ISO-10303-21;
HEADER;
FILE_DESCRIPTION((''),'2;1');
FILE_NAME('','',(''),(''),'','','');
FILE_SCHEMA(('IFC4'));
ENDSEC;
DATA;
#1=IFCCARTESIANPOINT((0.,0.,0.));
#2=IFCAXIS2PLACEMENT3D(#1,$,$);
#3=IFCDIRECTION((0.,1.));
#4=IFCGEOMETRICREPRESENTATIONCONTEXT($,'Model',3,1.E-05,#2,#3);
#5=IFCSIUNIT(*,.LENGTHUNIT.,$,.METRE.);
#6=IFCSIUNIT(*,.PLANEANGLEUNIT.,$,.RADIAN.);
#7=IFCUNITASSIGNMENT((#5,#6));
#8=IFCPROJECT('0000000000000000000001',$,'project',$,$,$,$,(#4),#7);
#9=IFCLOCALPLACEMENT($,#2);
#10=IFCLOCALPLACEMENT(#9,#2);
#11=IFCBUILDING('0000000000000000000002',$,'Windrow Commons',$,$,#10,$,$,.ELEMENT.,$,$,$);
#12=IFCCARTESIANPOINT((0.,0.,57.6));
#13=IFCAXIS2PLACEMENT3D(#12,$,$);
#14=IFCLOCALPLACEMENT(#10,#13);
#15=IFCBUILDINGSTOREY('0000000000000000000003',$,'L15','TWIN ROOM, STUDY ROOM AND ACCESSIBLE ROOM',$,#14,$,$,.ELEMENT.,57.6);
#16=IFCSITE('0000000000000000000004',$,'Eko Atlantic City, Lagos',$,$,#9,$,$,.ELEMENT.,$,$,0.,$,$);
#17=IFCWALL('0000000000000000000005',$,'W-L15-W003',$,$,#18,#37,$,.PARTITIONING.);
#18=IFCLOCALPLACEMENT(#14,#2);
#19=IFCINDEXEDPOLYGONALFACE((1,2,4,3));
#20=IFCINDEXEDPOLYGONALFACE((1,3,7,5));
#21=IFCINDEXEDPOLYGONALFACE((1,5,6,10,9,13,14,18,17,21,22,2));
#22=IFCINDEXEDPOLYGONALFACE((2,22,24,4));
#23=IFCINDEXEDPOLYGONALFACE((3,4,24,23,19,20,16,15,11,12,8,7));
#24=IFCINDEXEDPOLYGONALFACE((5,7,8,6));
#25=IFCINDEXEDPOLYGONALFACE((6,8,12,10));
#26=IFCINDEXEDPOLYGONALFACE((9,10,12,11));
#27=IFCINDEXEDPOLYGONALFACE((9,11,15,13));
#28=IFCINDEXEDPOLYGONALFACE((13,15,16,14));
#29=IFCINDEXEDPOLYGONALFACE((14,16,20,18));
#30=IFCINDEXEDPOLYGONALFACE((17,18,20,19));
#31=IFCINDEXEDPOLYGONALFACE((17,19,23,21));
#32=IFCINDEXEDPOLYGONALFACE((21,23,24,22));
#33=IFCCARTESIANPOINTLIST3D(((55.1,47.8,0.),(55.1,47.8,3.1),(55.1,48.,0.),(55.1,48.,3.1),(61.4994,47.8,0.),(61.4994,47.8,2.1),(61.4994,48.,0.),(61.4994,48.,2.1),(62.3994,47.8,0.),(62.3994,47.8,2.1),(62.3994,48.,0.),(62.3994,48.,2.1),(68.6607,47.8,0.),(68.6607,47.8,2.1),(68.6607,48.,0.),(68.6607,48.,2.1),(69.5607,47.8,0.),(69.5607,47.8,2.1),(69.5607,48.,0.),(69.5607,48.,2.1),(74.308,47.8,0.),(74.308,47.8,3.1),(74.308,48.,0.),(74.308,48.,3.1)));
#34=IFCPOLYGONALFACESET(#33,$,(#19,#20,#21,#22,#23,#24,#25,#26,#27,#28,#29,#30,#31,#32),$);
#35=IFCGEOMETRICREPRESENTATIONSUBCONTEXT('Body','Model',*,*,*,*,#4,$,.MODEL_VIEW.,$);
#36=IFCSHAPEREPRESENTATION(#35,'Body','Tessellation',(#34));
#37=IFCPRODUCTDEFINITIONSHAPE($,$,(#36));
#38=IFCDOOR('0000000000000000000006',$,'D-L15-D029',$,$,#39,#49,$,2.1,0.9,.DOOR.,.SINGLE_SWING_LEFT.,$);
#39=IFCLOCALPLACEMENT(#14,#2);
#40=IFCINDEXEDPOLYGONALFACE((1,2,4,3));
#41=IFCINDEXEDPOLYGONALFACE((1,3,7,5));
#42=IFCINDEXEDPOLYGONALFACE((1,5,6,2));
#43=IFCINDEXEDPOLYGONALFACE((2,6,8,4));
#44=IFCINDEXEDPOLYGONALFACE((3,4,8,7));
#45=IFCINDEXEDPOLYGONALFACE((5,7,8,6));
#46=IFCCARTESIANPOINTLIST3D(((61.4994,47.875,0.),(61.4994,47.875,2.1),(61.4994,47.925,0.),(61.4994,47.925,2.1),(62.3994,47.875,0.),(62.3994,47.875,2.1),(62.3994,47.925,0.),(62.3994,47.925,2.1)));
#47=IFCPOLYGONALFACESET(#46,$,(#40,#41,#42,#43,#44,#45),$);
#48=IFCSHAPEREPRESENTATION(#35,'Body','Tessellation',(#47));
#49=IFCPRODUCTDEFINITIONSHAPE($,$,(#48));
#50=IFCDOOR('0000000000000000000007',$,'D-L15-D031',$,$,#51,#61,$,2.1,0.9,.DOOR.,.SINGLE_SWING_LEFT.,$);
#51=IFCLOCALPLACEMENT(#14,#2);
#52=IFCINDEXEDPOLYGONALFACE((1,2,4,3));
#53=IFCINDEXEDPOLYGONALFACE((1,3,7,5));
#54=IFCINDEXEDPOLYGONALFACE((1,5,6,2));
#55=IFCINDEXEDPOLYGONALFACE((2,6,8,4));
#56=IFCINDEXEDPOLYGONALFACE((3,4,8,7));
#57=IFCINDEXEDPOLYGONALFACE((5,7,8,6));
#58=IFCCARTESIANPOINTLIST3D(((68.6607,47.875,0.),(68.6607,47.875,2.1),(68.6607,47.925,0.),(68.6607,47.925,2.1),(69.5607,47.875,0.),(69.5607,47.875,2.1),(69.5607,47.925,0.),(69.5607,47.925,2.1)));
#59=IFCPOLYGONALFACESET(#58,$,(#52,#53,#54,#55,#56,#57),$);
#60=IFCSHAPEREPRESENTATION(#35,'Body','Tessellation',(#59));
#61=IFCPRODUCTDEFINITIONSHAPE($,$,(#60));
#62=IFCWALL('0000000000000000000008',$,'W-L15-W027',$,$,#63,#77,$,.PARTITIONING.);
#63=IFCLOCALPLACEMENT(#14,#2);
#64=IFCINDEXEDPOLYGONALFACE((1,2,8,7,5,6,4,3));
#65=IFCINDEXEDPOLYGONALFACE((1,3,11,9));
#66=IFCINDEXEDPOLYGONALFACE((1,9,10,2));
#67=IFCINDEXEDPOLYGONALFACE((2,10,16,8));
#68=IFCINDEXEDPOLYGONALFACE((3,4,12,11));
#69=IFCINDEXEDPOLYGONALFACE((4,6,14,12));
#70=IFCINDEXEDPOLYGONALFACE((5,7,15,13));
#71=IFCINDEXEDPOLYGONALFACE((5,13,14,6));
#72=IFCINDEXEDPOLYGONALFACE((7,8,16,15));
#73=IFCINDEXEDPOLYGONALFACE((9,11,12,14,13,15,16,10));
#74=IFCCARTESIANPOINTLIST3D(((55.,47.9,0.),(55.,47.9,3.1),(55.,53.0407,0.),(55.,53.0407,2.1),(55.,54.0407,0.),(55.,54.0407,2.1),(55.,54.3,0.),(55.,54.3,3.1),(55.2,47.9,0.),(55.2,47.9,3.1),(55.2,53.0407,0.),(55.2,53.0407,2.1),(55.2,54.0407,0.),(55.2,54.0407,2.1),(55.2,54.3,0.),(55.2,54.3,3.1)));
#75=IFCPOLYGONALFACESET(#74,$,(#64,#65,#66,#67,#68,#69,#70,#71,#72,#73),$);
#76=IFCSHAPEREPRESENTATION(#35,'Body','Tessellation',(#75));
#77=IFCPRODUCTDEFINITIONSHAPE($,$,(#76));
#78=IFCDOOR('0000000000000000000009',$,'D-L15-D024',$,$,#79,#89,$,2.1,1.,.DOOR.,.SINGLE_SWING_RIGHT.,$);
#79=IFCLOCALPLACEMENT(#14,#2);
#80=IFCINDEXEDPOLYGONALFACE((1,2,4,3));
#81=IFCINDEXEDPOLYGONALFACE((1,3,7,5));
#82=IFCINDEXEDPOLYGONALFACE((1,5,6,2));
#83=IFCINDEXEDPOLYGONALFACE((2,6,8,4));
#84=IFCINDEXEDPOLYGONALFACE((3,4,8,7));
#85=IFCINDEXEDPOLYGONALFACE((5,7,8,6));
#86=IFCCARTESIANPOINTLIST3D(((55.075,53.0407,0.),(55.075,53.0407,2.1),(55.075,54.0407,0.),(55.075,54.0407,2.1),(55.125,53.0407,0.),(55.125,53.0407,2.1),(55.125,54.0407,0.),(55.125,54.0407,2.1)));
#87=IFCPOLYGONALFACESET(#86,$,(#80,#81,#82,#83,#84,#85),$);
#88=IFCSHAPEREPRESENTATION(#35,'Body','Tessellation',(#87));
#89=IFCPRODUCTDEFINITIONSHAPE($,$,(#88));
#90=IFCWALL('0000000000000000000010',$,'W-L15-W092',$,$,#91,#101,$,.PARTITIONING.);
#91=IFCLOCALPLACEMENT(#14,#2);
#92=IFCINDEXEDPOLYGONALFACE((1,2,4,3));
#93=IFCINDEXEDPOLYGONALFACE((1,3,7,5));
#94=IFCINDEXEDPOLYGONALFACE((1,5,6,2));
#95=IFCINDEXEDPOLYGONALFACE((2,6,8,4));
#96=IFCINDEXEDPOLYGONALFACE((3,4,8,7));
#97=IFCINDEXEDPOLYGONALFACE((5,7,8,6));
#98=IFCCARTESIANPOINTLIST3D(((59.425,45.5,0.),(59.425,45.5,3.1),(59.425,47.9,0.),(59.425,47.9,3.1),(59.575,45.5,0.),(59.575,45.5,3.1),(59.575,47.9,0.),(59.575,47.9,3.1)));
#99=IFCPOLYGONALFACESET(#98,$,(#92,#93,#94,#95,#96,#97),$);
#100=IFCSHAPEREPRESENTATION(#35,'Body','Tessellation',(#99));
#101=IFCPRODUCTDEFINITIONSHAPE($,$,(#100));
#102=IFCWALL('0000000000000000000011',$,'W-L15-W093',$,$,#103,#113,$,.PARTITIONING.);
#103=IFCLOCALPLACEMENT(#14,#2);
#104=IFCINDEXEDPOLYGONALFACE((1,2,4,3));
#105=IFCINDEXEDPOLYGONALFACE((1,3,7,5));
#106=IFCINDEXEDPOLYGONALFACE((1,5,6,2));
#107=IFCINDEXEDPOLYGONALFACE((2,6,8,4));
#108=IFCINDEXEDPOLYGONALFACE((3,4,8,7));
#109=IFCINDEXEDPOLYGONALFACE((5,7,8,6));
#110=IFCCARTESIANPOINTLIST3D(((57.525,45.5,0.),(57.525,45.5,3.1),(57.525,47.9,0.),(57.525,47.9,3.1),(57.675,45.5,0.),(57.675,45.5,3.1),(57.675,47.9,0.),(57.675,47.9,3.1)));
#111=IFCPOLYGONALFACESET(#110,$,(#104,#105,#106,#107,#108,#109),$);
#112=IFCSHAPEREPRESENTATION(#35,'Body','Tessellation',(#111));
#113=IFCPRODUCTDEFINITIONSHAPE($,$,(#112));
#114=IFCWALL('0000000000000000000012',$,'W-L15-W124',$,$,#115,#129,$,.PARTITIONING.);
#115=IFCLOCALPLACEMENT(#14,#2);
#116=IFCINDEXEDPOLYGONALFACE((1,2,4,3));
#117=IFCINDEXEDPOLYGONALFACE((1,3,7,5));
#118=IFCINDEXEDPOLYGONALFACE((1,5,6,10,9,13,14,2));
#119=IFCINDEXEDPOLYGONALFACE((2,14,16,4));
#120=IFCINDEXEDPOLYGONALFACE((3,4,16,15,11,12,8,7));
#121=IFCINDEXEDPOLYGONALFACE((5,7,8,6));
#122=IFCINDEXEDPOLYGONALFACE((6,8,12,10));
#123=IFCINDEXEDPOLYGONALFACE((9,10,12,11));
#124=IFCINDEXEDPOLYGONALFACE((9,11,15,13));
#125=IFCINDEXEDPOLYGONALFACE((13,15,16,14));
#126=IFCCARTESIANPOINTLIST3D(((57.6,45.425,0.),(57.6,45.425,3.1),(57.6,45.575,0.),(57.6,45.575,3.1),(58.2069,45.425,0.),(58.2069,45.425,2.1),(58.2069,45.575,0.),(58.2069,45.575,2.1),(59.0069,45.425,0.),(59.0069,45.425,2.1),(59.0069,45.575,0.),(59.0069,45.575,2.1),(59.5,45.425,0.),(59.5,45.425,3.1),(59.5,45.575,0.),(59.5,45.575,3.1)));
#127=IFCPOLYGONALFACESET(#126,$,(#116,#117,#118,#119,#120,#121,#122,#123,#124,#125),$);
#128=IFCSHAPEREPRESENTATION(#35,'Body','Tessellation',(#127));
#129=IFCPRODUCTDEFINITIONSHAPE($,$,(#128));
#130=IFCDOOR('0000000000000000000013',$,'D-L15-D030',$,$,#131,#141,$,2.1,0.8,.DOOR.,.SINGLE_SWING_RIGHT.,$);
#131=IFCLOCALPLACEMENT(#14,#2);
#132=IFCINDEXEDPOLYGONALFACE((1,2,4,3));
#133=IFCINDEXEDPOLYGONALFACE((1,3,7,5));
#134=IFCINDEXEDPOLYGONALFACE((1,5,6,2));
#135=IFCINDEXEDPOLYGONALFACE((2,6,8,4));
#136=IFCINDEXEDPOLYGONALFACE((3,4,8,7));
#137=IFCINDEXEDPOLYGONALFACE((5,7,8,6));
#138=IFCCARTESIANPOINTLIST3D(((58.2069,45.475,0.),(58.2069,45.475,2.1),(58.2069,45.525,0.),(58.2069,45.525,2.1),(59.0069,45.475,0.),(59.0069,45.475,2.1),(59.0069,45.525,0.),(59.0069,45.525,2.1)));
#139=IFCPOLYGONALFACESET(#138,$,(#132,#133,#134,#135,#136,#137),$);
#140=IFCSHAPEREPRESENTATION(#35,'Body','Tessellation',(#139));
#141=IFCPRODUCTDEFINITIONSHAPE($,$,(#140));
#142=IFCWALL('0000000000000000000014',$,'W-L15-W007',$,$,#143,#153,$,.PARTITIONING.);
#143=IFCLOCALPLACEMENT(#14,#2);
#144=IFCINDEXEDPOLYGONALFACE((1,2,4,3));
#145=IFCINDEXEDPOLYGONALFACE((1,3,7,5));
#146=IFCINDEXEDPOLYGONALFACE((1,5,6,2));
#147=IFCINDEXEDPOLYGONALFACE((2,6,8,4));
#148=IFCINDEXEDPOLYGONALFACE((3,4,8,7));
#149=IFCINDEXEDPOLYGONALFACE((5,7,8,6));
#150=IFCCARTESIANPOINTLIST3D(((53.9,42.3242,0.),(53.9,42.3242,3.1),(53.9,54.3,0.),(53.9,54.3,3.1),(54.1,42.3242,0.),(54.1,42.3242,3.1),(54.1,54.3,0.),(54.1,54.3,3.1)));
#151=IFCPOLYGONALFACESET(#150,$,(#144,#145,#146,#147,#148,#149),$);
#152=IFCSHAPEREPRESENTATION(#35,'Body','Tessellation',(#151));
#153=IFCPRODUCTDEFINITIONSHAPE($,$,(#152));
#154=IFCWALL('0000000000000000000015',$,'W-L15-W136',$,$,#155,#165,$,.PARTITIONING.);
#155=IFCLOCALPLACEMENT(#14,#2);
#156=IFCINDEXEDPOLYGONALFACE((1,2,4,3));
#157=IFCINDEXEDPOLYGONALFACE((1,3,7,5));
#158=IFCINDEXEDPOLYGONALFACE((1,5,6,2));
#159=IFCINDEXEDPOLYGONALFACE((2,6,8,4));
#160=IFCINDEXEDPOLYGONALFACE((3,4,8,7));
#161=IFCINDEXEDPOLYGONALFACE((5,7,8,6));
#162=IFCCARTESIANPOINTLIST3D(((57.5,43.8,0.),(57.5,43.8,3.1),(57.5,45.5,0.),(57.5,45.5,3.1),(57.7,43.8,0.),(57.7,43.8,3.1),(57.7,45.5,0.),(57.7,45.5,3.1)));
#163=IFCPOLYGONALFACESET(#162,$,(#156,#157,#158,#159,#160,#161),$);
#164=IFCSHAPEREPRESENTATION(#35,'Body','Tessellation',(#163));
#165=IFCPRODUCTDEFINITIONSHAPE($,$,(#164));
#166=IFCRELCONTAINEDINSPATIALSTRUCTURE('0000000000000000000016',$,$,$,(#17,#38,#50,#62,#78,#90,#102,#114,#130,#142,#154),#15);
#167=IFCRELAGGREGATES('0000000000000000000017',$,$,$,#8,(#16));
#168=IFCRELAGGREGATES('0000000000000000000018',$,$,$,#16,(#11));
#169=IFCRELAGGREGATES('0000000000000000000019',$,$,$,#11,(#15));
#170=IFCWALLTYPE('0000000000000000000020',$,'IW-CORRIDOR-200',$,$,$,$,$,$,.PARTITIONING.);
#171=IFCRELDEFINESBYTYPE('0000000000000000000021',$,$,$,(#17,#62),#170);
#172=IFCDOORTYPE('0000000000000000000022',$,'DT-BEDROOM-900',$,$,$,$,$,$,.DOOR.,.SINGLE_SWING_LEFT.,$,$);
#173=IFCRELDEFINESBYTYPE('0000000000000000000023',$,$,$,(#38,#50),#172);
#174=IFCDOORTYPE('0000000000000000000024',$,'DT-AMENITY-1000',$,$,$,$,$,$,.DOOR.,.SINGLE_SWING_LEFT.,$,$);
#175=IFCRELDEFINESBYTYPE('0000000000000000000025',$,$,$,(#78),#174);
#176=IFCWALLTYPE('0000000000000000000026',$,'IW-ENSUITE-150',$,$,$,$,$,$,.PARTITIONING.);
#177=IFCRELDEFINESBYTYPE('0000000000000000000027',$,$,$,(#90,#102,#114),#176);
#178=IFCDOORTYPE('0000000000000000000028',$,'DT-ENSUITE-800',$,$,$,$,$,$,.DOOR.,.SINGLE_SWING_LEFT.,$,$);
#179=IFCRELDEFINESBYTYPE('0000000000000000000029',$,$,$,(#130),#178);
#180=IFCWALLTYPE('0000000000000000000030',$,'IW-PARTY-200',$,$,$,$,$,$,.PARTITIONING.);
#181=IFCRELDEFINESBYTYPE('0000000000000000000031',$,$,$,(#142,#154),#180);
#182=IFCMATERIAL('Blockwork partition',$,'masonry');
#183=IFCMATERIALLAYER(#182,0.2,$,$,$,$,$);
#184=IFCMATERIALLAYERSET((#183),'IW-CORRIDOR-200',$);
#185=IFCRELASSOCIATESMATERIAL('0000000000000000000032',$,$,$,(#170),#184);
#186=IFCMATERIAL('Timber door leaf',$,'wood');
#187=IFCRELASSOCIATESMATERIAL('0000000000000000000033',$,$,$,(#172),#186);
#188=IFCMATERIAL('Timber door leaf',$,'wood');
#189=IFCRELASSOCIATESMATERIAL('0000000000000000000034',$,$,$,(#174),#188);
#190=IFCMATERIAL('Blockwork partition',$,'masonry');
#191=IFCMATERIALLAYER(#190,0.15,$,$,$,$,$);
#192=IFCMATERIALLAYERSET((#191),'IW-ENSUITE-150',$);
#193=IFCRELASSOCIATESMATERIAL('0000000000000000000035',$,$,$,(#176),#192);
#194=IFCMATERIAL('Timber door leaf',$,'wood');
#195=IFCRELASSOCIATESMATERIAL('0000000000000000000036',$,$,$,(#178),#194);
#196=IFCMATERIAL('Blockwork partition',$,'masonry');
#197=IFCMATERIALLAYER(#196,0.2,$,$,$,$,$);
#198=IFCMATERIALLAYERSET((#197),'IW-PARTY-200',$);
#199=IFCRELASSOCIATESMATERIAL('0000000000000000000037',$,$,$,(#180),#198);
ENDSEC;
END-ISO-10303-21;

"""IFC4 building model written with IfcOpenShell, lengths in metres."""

from ifc_helpers import new_model, si_unit, direction, frame, frame_2d, origin, place, context, subcontext, project, spatial, rectangle, extrude, material, layer, layer_set, type_object, element, fill, save


model = new_model("IFC4")

# Units and contexts
model_context = context("Model", 3, precision=1e-05, world=origin(), true_north=direction((0.0, 1.0)))
body_context = subcontext(model_context, "Body", "Model", "MODEL_VIEW")
ifc_project = project(units=[si_unit("LENGTHUNIT", "METRE"), si_unit("PLANEANGLEUNIT", "RADIAN")], contexts=[model_context])

# Site, building, storey
site_placement = place(None, origin())
site = spatial("IfcSite", under=ifc_project, at=site_placement, Name="Eko Atlantic City, Lagos", CompositionType="ELEMENT", RefElevation=0.0)
building_placement = place(site_placement, origin())
building = spatial("IfcBuilding", under=site, at=building_placement, Name="Windrow Commons", CompositionType="ELEMENT")
storey_placement = place(building_placement, frame((0.0, 0.0, 57.6)))
storey = spatial("IfcBuildingStorey", under=building, at=storey_placement, Name="L15", Description="TWIN ROOM, STUDY ROOM AND ACCESSIBLE ROOM", CompositionType="ELEMENT", Elevation=57.6)

# Wall, openings, doors
ifc_material_1 = material(Name="Blockwork partition", Category="masonry")
ifc_layer_1 = layer(ifc_material_1, 0.2)
ifc_layer_set_1 = layer_set([ifc_layer_1], Name="IW-CORRIDOR-200")
wall_type_1 = type_object("IfcWallType", Name="IW-CORRIDOR-200", PredefinedType="PARTITIONING", material=ifc_layer_set_1)
wall_1_placement = place(storey_placement, frame((55.1, 47.9, 0.0), z_axis=(0.0, 0.0, 1.0), x_axis=(1.0, 0.0, 0.0)))
wall_1 = element("IfcWall", 1, at=wall_1_placement, inside=storey, type_object=wall_type_1, Name="W-L15-W003", PredefinedType="PARTITIONING", context=body_context, shape_type="SweptSolid", body=[
    extrude(rectangle(XDim=19.208, YDim=0.2, at=frame_2d((9.604, 0.0))), origin(), (0.0, 0.0, 1.0), 3.1),
])
opening_1_placement = place(wall_1_placement, frame((6.3994, 0.0, 0.0)))
opening_1 = element("IfcOpeningElement", 2, at=opening_1_placement, cuts=wall_1, PredefinedType="OPENING", context=body_context, shape_type="SweptSolid", body=[
    extrude(rectangle(XDim=0.9, YDim=2.1, at=frame_2d((0.45, 1.05))), frame((0.0, 0.11, 0.0), z_axis=(0.0, -1.0, 0.0), x_axis=(1.0, 0.0, 0.0)), (0.0, 0.0, 1.0), 0.22),
])
opening_2_placement = place(wall_1_placement, frame((13.5607, 0.0, 0.0)))
opening_2 = element("IfcOpeningElement", 3, at=opening_2_placement, cuts=wall_1, PredefinedType="OPENING", context=body_context, shape_type="SweptSolid", body=[
    extrude(rectangle(XDim=0.9, YDim=2.1, at=frame_2d((0.45, 1.05))), frame((0.0, 0.11, 0.0), z_axis=(0.0, -1.0, 0.0), x_axis=(1.0, 0.0, 0.0)), (0.0, 0.0, 1.0), 0.22),
])
ifc_material_2 = material(Name="Timber door leaf", Category="wood")
door_type_1 = type_object("IfcDoorType", Name="DT-BEDROOM-900", OperationType="SINGLE_SWING_LEFT", PredefinedType="DOOR", material=ifc_material_2)
door_1_placement = place(opening_1_placement, origin())
door_1 = element("IfcDoor", 4, at=door_1_placement, inside=storey, type_object=door_type_1, Name="D-L15-D029", OperationType="SINGLE_SWING_LEFT", OverallHeight=2.1, OverallWidth=0.9, PredefinedType="DOOR", context=body_context, shape_type="SweptSolid", body=[
    extrude(rectangle(XDim=0.9, YDim=2.1, at=frame_2d((0.45, 1.05))), frame((0.0, 0.025, 0.0), z_axis=(0.0, -1.0, 0.0), x_axis=(1.0, 0.0, 0.0)), (0.0, 0.0, 1.0), 0.05),
])
fill(opening_1, door_1)
door_2_placement = place(opening_2_placement, origin())
door_2 = element("IfcDoor", 5, at=door_2_placement, inside=storey, type_object=door_type_1, Name="D-L15-D031", OperationType="SINGLE_SWING_LEFT", OverallHeight=2.1, OverallWidth=0.9, PredefinedType="DOOR", context=body_context, shape_type="SweptSolid", body=[
    extrude(rectangle(XDim=0.9, YDim=2.1, at=frame_2d((0.45, 1.05))), frame((0.0, 0.025, 0.0), z_axis=(0.0, -1.0, 0.0), x_axis=(1.0, 0.0, 0.0)), (0.0, 0.0, 1.0), 0.05),
])
fill(opening_2, door_2)

# Wall, opening, door
wall_2_placement = place(storey_placement, frame((55.1, 47.9, 0.0), z_axis=(0.0, 0.0, 1.0), x_axis=(0.0, 1.0, 0.0)))
wall_2 = element("IfcWall", 6, at=wall_2_placement, inside=storey, type_object=wall_type_1, Name="W-L15-W027", PredefinedType="PARTITIONING", context=body_context, shape_type="SweptSolid", body=[
    extrude(rectangle(XDim=6.4, YDim=0.2, at=frame_2d((3.2, 0.0))), origin(), (0.0, 0.0, 1.0), 3.1),
])
opening_3_placement = place(wall_2_placement, frame((5.1407, 0.0, 0.0)))
opening_3 = element("IfcOpeningElement", 7, at=opening_3_placement, cuts=wall_2, PredefinedType="OPENING", context=body_context, shape_type="SweptSolid", body=[
    extrude(rectangle(XDim=1.0, YDim=2.1, at=frame_2d((0.5, 1.05))), frame((0.0, 0.11, 0.0), z_axis=(0.0, -1.0, 0.0), x_axis=(1.0, 0.0, 0.0)), (0.0, 0.0, 1.0), 0.22),
])
ifc_material_3 = material(Name="Timber door leaf", Category="wood")
door_type_2 = type_object("IfcDoorType", Name="DT-AMENITY-1000", OperationType="SINGLE_SWING_LEFT", PredefinedType="DOOR", material=ifc_material_3)
door_3_placement = place(opening_3_placement, origin())
door_3 = element("IfcDoor", 8, at=door_3_placement, inside=storey, type_object=door_type_2, Name="D-L15-D024", OperationType="SINGLE_SWING_RIGHT", OverallHeight=2.1, OverallWidth=1.0, PredefinedType="DOOR", context=body_context, shape_type="SweptSolid", body=[
    extrude(rectangle(XDim=1.0, YDim=2.1, at=frame_2d((0.5, 1.05))), frame((0.0, 0.025, 0.0), z_axis=(0.0, -1.0, 0.0), x_axis=(1.0, 0.0, 0.0)), (0.0, 0.0, 1.0), 0.05),
])
fill(opening_3, door_3)

# Walls
ifc_material_4 = material(Name="Blockwork partition", Category="masonry")
ifc_layer_2 = layer(ifc_material_4, 0.15)
ifc_layer_set_2 = layer_set([ifc_layer_2], Name="IW-ENSUITE-150")
wall_type_2 = type_object("IfcWallType", Name="IW-ENSUITE-150", PredefinedType="PARTITIONING", material=ifc_layer_set_2)
for number, where, z_axis, x_axis, name in (
    (9, (59.5, 45.5, 0.0), (0.0, 0.0, 1.0), (0.0, 1.0, 0.0), "W-L15-W092"),
    (10, (57.6, 45.5, 0.0), (0.0, 0.0, 1.0), (0.0, 1.0, 0.0), "W-L15-W093"),
):
    element("IfcWall", number, at=place(storey_placement, frame(where, z_axis=z_axis, x_axis=x_axis)), inside=storey, type_object=wall_type_2, Name=name, PredefinedType="PARTITIONING", context=body_context, shape_type="SweptSolid", body=[
        extrude(rectangle(XDim=2.4, YDim=0.15, at=frame_2d((1.2, 0.0))), origin(), (0.0, 0.0, 1.0), 3.1),
    ])

# Wall, opening, door
wall_3_placement = place(storey_placement, frame((57.6, 45.5, 0.0), z_axis=(0.0, 0.0, 1.0), x_axis=(1.0, 0.0, 0.0)))
wall_3 = element("IfcWall", 11, at=wall_3_placement, inside=storey, type_object=wall_type_2, Name="W-L15-W124", PredefinedType="PARTITIONING", context=body_context, shape_type="SweptSolid", body=[
    extrude(rectangle(XDim=1.9, YDim=0.15, at=frame_2d((0.95, 0.0))), origin(), (0.0, 0.0, 1.0), 3.1),
])
opening_4_placement = place(wall_3_placement, frame((0.6069, 0.0, 0.0)))
opening_4 = element("IfcOpeningElement", 12, at=opening_4_placement, cuts=wall_3, PredefinedType="OPENING", context=body_context, shape_type="SweptSolid", body=[
    extrude(rectangle(XDim=0.8, YDim=2.1, at=frame_2d((0.4, 1.05))), frame((0.0, 0.085, 0.0), z_axis=(0.0, -1.0, 0.0), x_axis=(1.0, 0.0, 0.0)), (0.0, 0.0, 1.0), 0.17),
])
ifc_material_5 = material(Name="Timber door leaf", Category="wood")
door_type_3 = type_object("IfcDoorType", Name="DT-ENSUITE-800", OperationType="SINGLE_SWING_LEFT", PredefinedType="DOOR", material=ifc_material_5)
door_4_placement = place(opening_4_placement, origin())
door_4 = element("IfcDoor", 13, at=door_4_placement, inside=storey, type_object=door_type_3, Name="D-L15-D030", OperationType="SINGLE_SWING_RIGHT", OverallHeight=2.1, OverallWidth=0.8, PredefinedType="DOOR", context=body_context, shape_type="SweptSolid", body=[
    extrude(rectangle(XDim=0.8, YDim=2.1, at=frame_2d((0.4, 1.05))), frame((0.0, 0.025, 0.0), z_axis=(0.0, -1.0, 0.0), x_axis=(1.0, 0.0, 0.0)), (0.0, 0.0, 1.0), 0.05),
])
fill(opening_4, door_4)

# Walls
ifc_material_6 = material(Name="Blockwork partition", Category="masonry")
ifc_layer_3 = layer(ifc_material_6, 0.2)
ifc_layer_set_3 = layer_set([ifc_layer_3], Name="IW-PARTY-200")
wall_type_3 = type_object("IfcWallType", Name="IW-PARTY-200", PredefinedType="PARTITIONING", material=ifc_layer_set_3)
wall_4_placement = place(storey_placement, frame((54.0, 42.3242, 0.0), z_axis=(0.0, 0.0, 1.0), x_axis=(0.0, 1.0, 0.0)))
element("IfcWall", 14, at=wall_4_placement, inside=storey, type_object=wall_type_3, Name="W-L15-W007", PredefinedType="PARTITIONING", context=body_context, shape_type="SweptSolid", body=[
    extrude(rectangle(XDim=11.9758, YDim=0.2, at=frame_2d((5.9879, 0.0))), origin(), (0.0, 0.0, 1.0), 3.1),
])
wall_5_placement = place(storey_placement, frame((57.6, 43.8, 0.0), z_axis=(0.0, 0.0, 1.0), x_axis=(0.0, 1.0, 0.0)))
element("IfcWall", 15, at=wall_5_placement, inside=storey, type_object=wall_type_3, Name="W-L15-W136", PredefinedType="PARTITIONING", context=body_context, shape_type="SweptSolid", body=[
    extrude(rectangle(XDim=1.7, YDim=0.2, at=frame_2d((0.85, 0.0))), origin(), (0.0, 0.0, 1.0), 3.1),
])

save(model, "model.ifc")
